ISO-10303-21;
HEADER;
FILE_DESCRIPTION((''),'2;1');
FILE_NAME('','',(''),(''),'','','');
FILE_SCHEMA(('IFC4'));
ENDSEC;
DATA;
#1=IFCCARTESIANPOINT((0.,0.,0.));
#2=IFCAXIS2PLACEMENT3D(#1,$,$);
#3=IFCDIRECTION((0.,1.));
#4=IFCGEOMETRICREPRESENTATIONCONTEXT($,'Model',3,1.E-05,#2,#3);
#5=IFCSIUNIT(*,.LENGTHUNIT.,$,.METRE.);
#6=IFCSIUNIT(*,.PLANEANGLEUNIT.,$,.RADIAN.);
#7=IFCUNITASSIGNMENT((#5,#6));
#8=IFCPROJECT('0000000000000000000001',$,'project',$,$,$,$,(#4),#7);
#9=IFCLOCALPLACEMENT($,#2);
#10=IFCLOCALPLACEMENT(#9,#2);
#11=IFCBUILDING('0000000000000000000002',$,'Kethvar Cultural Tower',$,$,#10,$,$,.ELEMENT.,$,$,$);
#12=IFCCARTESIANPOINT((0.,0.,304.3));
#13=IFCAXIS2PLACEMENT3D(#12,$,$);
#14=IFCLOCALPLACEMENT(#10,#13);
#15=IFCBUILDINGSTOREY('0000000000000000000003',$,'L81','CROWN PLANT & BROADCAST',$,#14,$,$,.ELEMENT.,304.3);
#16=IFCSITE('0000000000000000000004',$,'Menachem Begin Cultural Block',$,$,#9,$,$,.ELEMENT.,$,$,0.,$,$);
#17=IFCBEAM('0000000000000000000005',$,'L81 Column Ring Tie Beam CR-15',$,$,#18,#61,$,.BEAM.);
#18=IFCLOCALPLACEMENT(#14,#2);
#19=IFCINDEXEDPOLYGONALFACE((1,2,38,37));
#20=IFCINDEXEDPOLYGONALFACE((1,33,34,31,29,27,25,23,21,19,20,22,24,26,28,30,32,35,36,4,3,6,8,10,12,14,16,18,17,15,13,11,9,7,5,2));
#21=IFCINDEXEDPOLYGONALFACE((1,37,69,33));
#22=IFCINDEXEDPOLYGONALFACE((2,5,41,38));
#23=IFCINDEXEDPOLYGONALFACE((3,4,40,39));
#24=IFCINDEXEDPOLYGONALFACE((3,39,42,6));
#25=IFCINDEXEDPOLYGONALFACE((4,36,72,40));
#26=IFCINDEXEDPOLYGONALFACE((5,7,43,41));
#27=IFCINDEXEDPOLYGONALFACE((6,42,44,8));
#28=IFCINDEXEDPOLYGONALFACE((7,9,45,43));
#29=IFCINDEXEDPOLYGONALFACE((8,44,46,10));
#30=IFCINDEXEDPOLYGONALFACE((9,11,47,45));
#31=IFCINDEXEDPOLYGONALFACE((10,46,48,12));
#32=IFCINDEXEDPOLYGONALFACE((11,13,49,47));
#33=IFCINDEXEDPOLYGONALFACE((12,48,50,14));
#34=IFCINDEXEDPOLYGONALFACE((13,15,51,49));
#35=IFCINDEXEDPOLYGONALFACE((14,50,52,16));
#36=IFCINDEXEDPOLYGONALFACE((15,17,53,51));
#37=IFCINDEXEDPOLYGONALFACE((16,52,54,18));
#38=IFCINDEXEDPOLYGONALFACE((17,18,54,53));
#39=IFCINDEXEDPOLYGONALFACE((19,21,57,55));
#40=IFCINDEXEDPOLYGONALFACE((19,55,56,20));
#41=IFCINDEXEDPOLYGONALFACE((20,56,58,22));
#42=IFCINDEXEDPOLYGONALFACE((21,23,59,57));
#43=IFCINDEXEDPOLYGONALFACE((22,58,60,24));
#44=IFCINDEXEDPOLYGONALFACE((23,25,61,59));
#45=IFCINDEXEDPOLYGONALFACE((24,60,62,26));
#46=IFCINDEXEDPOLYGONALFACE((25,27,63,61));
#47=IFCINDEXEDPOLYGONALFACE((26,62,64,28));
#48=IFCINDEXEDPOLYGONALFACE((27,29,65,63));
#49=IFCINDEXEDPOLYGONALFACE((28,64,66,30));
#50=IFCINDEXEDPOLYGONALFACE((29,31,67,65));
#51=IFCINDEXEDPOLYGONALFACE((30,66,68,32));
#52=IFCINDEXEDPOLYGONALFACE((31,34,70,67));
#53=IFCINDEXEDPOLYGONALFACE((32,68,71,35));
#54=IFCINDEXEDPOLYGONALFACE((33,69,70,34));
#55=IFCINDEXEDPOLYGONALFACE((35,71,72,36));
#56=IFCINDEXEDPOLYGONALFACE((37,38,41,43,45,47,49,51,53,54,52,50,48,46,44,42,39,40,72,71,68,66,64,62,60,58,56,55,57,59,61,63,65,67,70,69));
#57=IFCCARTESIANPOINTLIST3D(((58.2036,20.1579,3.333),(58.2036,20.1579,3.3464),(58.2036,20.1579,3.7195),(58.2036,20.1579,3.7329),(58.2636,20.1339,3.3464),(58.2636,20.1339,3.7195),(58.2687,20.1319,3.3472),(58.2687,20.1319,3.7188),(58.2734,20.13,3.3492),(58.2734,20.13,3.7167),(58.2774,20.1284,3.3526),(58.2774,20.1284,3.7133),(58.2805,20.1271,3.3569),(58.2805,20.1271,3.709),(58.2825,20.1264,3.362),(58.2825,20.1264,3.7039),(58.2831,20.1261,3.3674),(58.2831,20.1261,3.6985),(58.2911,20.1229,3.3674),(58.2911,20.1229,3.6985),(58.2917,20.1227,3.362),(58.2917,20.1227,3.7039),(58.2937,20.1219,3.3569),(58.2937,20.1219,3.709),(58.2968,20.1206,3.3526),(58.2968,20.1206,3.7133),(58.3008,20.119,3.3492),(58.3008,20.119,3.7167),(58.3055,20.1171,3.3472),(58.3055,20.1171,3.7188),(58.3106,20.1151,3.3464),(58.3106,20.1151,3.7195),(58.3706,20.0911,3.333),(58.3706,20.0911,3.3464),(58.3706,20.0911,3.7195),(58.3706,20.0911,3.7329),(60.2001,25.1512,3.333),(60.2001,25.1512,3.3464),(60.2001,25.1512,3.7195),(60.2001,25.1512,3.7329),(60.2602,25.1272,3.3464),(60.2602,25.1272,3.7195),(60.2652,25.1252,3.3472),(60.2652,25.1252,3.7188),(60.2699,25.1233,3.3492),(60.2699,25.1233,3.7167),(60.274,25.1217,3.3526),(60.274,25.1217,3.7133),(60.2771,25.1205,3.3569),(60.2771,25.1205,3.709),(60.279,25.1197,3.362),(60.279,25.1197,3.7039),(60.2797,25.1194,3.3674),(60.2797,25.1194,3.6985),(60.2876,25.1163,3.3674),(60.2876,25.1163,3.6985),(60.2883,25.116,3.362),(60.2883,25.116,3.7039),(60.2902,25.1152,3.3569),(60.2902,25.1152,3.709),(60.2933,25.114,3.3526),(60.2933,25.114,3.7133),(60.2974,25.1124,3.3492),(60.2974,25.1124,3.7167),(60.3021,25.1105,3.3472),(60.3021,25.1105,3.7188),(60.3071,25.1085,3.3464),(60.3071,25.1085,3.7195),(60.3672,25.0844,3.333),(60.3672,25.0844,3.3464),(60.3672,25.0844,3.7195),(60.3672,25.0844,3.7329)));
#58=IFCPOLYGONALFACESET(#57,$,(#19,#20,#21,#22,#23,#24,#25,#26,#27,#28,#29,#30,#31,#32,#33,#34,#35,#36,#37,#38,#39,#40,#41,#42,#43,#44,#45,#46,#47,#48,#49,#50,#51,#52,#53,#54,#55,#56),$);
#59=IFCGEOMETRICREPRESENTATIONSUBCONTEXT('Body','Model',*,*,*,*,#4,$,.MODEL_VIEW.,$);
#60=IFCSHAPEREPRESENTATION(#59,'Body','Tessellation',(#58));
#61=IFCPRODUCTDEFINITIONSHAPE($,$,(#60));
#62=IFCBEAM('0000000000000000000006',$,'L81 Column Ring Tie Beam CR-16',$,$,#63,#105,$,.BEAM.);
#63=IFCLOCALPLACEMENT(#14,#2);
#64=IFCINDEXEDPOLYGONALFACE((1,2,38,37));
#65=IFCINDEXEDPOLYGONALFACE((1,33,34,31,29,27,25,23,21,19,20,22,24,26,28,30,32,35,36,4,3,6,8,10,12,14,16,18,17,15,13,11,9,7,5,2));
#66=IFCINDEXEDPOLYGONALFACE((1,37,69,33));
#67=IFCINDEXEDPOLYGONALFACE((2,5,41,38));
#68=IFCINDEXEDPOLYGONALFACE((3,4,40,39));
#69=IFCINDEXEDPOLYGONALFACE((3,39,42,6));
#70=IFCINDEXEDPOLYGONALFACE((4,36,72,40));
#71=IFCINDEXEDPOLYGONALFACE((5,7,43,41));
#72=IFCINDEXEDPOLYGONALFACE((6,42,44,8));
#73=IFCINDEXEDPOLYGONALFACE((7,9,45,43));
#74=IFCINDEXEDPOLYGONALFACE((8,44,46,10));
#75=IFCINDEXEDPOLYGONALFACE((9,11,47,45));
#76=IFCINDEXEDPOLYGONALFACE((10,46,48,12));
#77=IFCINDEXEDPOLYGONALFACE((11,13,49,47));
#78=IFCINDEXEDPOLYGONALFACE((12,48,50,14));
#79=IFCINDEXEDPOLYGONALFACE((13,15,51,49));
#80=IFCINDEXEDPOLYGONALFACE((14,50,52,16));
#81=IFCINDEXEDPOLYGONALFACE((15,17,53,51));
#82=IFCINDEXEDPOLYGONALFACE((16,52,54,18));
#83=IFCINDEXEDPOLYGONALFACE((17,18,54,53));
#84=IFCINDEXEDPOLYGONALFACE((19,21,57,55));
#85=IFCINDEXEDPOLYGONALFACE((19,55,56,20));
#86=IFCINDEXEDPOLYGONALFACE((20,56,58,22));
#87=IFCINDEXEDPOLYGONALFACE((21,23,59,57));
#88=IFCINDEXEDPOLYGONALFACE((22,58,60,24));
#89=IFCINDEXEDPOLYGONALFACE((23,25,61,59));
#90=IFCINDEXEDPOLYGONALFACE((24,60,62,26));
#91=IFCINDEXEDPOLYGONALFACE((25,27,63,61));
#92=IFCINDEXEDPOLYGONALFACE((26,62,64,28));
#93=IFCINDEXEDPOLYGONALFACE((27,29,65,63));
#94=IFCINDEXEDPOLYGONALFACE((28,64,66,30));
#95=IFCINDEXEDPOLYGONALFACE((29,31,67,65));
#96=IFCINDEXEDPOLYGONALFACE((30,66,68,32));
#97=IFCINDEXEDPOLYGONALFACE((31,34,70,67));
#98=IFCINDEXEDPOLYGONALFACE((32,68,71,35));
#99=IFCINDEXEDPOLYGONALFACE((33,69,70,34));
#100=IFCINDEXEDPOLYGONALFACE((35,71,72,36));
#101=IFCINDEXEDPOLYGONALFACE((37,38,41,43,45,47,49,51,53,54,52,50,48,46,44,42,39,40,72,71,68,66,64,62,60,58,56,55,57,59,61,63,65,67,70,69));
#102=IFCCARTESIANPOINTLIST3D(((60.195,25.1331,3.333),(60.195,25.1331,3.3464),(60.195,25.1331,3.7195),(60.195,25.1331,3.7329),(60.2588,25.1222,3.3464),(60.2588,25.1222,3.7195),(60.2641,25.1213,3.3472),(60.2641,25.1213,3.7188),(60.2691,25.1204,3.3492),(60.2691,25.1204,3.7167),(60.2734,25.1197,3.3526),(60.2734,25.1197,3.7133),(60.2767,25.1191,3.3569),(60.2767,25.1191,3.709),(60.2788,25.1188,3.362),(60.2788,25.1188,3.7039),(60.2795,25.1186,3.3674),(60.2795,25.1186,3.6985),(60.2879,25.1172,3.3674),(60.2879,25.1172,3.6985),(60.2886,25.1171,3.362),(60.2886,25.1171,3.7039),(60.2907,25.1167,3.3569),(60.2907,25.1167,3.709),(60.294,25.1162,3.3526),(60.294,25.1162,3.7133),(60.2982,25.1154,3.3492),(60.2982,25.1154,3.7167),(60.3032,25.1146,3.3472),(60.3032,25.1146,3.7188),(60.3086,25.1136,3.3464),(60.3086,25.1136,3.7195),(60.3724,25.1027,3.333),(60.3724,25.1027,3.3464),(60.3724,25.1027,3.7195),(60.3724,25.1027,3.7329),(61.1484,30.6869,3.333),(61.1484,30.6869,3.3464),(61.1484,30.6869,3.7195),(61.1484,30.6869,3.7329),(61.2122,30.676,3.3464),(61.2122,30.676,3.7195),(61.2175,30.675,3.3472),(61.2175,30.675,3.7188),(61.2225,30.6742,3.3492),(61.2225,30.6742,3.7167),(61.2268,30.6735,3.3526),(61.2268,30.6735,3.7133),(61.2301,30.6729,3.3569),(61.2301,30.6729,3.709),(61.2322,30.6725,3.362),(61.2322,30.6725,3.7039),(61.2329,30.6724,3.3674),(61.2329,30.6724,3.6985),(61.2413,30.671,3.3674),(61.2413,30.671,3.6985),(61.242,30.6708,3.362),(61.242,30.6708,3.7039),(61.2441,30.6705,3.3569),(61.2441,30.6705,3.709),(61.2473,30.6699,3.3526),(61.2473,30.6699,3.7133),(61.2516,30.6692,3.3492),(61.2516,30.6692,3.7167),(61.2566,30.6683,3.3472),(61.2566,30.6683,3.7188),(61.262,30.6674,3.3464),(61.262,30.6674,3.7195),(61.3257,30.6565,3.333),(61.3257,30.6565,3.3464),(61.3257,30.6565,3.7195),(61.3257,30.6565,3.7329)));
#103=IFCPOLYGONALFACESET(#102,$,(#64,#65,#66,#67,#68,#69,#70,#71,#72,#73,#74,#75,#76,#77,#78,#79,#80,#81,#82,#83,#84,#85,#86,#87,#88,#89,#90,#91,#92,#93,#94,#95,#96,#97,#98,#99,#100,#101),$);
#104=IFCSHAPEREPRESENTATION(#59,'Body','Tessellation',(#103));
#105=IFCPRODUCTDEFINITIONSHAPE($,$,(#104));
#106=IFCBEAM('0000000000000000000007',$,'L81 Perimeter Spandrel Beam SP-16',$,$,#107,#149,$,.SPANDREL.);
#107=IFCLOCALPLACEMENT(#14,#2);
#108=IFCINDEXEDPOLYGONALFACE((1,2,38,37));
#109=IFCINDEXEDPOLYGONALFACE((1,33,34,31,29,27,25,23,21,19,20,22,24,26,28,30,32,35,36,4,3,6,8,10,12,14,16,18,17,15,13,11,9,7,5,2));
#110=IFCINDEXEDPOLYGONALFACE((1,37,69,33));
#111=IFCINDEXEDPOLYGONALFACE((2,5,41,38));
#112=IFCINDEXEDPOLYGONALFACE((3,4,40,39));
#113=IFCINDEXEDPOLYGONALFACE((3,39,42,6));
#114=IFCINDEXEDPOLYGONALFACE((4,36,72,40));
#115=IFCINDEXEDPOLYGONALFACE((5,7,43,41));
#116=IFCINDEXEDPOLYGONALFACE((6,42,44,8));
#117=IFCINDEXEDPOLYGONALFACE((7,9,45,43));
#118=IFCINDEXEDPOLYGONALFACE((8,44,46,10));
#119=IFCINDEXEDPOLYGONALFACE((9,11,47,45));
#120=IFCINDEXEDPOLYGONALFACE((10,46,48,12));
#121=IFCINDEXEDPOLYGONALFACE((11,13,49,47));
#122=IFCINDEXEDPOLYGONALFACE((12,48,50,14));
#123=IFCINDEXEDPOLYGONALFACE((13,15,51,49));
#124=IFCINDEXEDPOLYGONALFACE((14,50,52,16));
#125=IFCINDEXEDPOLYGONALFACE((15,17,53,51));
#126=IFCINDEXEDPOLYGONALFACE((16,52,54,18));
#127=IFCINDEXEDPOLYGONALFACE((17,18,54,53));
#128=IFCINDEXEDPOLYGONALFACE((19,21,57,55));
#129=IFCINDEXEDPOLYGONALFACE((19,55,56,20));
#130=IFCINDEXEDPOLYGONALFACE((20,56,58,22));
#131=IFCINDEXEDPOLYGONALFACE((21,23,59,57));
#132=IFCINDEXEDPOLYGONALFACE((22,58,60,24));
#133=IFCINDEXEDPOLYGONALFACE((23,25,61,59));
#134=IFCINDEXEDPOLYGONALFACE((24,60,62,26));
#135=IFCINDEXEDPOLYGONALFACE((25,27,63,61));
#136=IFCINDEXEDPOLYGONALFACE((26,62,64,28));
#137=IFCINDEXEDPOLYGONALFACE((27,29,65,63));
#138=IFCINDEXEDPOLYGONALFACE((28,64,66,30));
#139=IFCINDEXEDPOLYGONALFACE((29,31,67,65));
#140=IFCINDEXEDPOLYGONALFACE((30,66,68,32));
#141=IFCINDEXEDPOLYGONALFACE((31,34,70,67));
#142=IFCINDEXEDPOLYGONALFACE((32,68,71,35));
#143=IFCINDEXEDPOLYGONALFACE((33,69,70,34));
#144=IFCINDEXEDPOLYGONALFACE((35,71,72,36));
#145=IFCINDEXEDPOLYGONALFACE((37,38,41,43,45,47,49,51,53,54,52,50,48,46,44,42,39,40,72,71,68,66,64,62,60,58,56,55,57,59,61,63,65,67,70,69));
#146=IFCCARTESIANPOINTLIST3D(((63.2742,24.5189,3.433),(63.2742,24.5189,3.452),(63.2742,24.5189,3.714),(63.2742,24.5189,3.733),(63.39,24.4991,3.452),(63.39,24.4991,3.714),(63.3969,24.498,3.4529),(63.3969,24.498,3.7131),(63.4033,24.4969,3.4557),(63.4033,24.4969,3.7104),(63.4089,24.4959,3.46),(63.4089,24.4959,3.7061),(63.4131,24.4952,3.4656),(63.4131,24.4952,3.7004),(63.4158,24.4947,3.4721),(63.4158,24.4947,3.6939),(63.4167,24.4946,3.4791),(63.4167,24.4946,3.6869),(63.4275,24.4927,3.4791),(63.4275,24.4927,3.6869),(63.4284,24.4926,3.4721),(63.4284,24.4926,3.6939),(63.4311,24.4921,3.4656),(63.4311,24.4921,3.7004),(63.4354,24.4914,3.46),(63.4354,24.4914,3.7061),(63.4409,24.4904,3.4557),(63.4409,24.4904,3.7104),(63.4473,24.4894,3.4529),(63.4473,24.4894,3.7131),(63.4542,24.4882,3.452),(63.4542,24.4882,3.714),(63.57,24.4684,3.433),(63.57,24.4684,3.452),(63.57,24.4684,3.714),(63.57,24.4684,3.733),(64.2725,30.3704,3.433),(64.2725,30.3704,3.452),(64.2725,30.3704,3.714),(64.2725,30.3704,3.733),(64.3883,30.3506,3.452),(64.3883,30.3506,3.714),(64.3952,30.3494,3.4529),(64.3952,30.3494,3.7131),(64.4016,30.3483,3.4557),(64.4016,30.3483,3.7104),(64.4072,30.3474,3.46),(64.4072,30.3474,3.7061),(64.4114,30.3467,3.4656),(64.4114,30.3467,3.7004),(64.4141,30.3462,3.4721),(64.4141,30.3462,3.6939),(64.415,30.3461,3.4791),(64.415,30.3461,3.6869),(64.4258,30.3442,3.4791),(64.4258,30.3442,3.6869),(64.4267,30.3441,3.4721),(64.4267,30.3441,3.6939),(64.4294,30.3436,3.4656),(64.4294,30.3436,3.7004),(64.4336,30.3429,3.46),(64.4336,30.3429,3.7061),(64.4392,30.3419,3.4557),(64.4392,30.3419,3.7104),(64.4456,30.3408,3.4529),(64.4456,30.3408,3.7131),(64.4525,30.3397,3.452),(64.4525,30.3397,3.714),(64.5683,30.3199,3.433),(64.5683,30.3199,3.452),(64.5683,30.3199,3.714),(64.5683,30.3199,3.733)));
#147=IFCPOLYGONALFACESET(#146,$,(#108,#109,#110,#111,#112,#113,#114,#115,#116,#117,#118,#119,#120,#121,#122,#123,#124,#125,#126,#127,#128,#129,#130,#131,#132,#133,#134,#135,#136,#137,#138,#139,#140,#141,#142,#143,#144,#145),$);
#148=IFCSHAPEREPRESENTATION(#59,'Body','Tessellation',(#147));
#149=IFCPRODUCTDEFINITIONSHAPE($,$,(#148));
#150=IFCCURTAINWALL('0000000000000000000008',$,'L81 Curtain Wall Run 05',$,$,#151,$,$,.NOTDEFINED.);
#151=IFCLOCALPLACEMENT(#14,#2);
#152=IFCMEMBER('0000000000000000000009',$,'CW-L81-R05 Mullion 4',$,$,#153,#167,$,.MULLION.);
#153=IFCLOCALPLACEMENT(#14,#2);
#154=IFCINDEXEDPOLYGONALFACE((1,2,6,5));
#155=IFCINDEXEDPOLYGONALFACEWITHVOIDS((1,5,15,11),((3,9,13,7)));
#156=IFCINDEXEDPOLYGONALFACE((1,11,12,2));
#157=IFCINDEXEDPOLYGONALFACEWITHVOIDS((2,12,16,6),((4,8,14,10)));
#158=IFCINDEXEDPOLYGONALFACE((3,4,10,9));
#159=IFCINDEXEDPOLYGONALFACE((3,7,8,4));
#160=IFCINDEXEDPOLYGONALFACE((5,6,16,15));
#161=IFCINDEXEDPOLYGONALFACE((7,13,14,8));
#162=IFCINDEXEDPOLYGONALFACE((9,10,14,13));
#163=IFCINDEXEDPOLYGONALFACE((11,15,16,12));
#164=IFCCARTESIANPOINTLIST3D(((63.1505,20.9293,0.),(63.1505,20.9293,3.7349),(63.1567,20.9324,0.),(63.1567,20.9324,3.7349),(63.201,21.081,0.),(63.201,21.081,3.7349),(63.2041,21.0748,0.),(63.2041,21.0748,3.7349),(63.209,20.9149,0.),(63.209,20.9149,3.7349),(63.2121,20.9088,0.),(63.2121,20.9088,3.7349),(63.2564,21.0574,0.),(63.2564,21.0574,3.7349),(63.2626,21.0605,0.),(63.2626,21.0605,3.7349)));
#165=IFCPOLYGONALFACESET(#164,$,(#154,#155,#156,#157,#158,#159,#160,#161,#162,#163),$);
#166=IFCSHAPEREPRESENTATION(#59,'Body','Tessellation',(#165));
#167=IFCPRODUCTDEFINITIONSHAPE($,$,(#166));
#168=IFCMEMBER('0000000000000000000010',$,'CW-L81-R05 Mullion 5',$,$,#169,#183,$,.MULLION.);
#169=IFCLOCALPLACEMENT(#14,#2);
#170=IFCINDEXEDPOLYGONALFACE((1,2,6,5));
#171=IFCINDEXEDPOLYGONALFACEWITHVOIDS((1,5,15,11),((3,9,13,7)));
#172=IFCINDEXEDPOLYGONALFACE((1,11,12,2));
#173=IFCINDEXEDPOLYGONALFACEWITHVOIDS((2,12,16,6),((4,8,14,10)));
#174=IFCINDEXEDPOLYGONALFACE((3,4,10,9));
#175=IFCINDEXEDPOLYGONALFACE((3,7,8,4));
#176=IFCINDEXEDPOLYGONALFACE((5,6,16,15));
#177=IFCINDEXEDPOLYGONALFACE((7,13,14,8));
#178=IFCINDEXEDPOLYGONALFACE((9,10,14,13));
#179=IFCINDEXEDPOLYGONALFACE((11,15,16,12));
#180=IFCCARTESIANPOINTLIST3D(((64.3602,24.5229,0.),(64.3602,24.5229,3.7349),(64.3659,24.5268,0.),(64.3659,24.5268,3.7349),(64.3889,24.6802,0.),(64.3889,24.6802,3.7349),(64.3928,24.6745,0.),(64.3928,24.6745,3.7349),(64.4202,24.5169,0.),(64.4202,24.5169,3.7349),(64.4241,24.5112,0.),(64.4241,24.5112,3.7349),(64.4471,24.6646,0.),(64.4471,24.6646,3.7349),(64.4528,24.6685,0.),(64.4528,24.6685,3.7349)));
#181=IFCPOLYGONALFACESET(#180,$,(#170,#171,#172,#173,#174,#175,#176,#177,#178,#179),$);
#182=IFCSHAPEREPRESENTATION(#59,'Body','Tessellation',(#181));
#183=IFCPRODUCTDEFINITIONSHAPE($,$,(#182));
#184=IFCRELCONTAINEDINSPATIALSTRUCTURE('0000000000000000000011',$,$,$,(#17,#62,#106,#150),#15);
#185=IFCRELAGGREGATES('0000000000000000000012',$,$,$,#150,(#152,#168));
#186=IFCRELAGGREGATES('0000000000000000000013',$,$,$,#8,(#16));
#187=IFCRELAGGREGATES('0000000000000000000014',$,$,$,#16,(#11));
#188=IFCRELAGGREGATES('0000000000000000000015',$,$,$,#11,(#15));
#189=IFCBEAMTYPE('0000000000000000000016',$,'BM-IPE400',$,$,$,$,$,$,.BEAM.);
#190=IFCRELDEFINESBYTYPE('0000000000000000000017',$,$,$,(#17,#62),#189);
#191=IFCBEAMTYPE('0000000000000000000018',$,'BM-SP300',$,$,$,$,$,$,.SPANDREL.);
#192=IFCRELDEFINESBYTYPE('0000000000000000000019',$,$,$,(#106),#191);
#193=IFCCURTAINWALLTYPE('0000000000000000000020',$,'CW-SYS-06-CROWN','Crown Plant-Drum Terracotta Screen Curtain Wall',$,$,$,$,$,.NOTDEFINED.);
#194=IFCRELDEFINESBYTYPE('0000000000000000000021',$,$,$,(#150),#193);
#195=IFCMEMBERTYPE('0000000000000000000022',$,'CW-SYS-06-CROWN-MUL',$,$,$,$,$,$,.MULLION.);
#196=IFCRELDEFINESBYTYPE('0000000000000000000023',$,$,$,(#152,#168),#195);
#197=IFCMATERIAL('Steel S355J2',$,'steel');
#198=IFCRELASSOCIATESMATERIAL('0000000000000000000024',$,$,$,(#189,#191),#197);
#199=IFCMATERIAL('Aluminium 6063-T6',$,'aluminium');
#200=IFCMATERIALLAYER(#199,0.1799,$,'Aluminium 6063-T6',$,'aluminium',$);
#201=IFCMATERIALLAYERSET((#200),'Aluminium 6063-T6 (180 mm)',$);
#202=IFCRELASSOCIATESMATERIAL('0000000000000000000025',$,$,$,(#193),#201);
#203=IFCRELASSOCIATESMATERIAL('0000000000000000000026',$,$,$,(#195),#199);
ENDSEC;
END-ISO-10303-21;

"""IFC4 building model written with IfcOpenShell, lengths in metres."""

from ifc_helpers import new_model, si_unit, direction, frame, origin, origin_2d, place, context, subcontext, project, spatial, hollow_rectangle, i_section, extrude, source, transform, mapped, material, layer, layer_set, material_profile, profile_set, type_object, element, aggregate, save


model = new_model("IFC4")

# Units and contexts
model_context = context("Model", 3, precision=1e-05, world=origin(), true_north=direction((0.0, 1.0)))
body_context = subcontext(model_context, "Body", "Model", "MODEL_VIEW")
ifc_project = project(units=[si_unit("LENGTHUNIT", "METRE"), si_unit("PLANEANGLEUNIT", "RADIAN")], contexts=[model_context])

# Site, building, storey
site_placement = place(None, origin())
site = spatial("IfcSite", under=ifc_project, at=site_placement, Name="Menachem Begin Cultural Block", CompositionType="ELEMENT", RefElevation=0.0)
building_placement = place(site_placement, origin())
building = spatial("IfcBuilding", under=site, at=building_placement, Name="Kethvar Cultural Tower", CompositionType="ELEMENT")
storey_placement = place(building_placement, frame((0.0, 0.0, 304.3)))
storey = spatial("IfcBuildingStorey", under=building, at=storey_placement, Name="L81", Description="CROWN PLANT & BROADCAST", CompositionType="ELEMENT", Elevation=304.3)

# Shared definitions
ifc_material_1 = material(Name="Steel S355J2", Category="steel")

# Beams
ifc_material_profile_1 = material_profile(ifc_material_1, i_section(OverallWidth=0.1799, OverallDepth=0.3999, WebThickness=0.0085, FlangeThickness=0.0134, FilletRadius=0.021, at=origin_2d()), Name="Steel S355J2 — IPE400")
ifc_profile_set_1 = profile_set([ifc_material_profile_1], Name="Steel S355J2 — IPE400")
beam_type_1 = type_object("IfcBeamType", Name="BM-IPE400", PredefinedType="BEAM", material=ifc_profile_set_1)
shared_shape_1 = source(origin(), body_context, "Body", "SweptSolid", [
    extrude(i_section(OverallWidth=0.1799, OverallDepth=0.3999, WebThickness=0.0085, FlangeThickness=0.0134, FilletRadius=0.021, at=origin_2d()), origin(), (0.0, 0.0, 1.0), 5.3777),
])
beam_1_placement = place(storey_placement, frame((58.2871, 20.1245, 3.533), z_axis=(0.371265, 0.928527, 0.0), x_axis=(-0.928527, 0.371265, 0.0)))
element("IfcBeam", 1, at=beam_1_placement, inside=storey, type_object=beam_type_1, Name="L81 Column Ring Tie Beam CR-15", PredefinedType="BEAM", context=body_context, shape_type="MappedRepresentation", body=[
    mapped(shared_shape_1, transform((0.0, 0.0, 0.0), scale=1.0)),
])
shared_shape_2 = source(origin(), body_context, "Body", "SweptSolid", [
    extrude(i_section(OverallWidth=0.1799, OverallDepth=0.3999, WebThickness=0.0085, FlangeThickness=0.0134, FilletRadius=0.021, at=origin_2d()), origin(), (0.0, 0.0, 1.0), 5.635),
])
beam_2_placement = place(storey_placement, frame((60.2837, 25.1179, 3.533), z_axis=(0.169189, 0.985584, 0.0), x_axis=(-0.985584, 0.169189, 0.0)))
element("IfcBeam", 2, at=beam_2_placement, inside=storey, type_object=beam_type_1, Name="L81 Column Ring Tie Beam CR-16", PredefinedType="BEAM", context=body_context, shape_type="MappedRepresentation", body=[
    mapped(shared_shape_2, transform((0.0, 0.0, 0.0), scale=1.0)),
])
ifc_material_profile_2 = material_profile(ifc_material_1, i_section(OverallWidth=0.3, OverallDepth=0.3, WebThickness=0.011, FlangeThickness=0.019, FilletRadius=0.0271, at=origin_2d()), Name="Steel S355J2 — HEB300")
ifc_profile_set_2 = profile_set([ifc_material_profile_2], Name="Steel S355J2 — HEB300")
beam_type_2 = type_object("IfcBeamType", Name="BM-SP300", PredefinedType="SPANDREL", material=ifc_profile_set_2)
shared_shape_3 = source(origin(), body_context, "Body", "SweptSolid", [
    extrude(i_section(OverallWidth=0.3, OverallDepth=0.3, WebThickness=0.011, FlangeThickness=0.019, FilletRadius=0.0271, at=origin_2d()), origin(), (0.0, 0.0, 1.0), 5.936),
])
beam_3_placement = place(storey_placement, frame((63.4221, 24.4937, 3.583), z_axis=(0.168173, 0.985758, 0.0), x_axis=(-0.985758, 0.168173, 0.0)))
element("IfcBeam", 3, at=beam_3_placement, inside=storey, type_object=beam_type_2, Name="L81 Perimeter Spandrel Beam SP-16", PredefinedType="SPANDREL", context=body_context, shape_type="MappedRepresentation", body=[
    mapped(shared_shape_3, transform((0.0, 0.0, 0.0), scale=1.0)),
])

# Curtain wall, members
ifc_material_2 = material(Name="Aluminium 6063-T6", Category="aluminium")
ifc_layer_1 = layer(ifc_material_2, 0.1799, Name="Aluminium 6063-T6", Category="aluminium")
ifc_layer_set_1 = layer_set([ifc_layer_1], Name="Aluminium 6063-T6 (180 mm)")
curtain_wall_type = type_object("IfcCurtainWallType", Name="CW-SYS-06-CROWN", Description="Crown Plant-Drum Terracotta Screen Curtain Wall", PredefinedType="NOTDEFINED", material=ifc_layer_set_1)
curtain_wall_placement = place(storey_placement, origin())
curtain_wall = element("IfcCurtainWall", 4, at=curtain_wall_placement, inside=storey, type_object=curtain_wall_type, Name="L81 Curtain Wall Run 05", PredefinedType="NOTDEFINED")
ifc_material_profile_3 = material_profile(ifc_material_2, hollow_rectangle(XDim=0.0649, YDim=0.1599, WallThickness=0.0049, at=origin_2d()), Name="Aluminium 6063-T6 — RHS160x65x5")
ifc_profile_set_3 = profile_set([ifc_material_profile_3], Name="Aluminium 6063-T6 — RHS160x65x5")
member_type_1 = type_object("IfcMemberType", Name="CW-SYS-06-CROWN-MUL", PredefinedType="MULLION", material=ifc_profile_set_3)
shared_shape_4 = source(origin(), body_context, "Body", "SweptSolid", [
    extrude(hollow_rectangle(XDim=0.0649, YDim=0.1599, WallThickness=0.0049, at=origin_2d()), origin(), (0.0, 0.0, 1.0), 3.7349),
])
member_1_placement = place(storey_placement, frame((63.2065, 20.9949, 0.0), z_axis=(0.0, 0.0, 1.0), x_axis=(-0.948804, 0.315864, 0.0)))
member_1 = element("IfcMember", 5, at=member_1_placement, type_object=member_type_1, Name="CW-L81-R05 Mullion 4", PredefinedType="MULLION", context=body_context, shape_type="MappedRepresentation", body=[
    mapped(shared_shape_4, transform((0.0, 0.0, 0.0), scale=1.0)),
])
member_2_placement = place(storey_placement, frame((64.4065, 24.5957, 0.0), z_axis=(0.0, 0.0, 1.0), x_axis=(-0.983801, 0.179266, 0.0)))
member_2 = element("IfcMember", 6, at=member_2_placement, type_object=member_type_1, Name="CW-L81-R05 Mullion 5", PredefinedType="MULLION", context=body_context, shape_type="MappedRepresentation", body=[
    mapped(shared_shape_4, transform((0.0, 0.0, 0.0), scale=1.0)),
])
aggregate(curtain_wall, [member_1, member_2])

save(model, "model.ifc")
